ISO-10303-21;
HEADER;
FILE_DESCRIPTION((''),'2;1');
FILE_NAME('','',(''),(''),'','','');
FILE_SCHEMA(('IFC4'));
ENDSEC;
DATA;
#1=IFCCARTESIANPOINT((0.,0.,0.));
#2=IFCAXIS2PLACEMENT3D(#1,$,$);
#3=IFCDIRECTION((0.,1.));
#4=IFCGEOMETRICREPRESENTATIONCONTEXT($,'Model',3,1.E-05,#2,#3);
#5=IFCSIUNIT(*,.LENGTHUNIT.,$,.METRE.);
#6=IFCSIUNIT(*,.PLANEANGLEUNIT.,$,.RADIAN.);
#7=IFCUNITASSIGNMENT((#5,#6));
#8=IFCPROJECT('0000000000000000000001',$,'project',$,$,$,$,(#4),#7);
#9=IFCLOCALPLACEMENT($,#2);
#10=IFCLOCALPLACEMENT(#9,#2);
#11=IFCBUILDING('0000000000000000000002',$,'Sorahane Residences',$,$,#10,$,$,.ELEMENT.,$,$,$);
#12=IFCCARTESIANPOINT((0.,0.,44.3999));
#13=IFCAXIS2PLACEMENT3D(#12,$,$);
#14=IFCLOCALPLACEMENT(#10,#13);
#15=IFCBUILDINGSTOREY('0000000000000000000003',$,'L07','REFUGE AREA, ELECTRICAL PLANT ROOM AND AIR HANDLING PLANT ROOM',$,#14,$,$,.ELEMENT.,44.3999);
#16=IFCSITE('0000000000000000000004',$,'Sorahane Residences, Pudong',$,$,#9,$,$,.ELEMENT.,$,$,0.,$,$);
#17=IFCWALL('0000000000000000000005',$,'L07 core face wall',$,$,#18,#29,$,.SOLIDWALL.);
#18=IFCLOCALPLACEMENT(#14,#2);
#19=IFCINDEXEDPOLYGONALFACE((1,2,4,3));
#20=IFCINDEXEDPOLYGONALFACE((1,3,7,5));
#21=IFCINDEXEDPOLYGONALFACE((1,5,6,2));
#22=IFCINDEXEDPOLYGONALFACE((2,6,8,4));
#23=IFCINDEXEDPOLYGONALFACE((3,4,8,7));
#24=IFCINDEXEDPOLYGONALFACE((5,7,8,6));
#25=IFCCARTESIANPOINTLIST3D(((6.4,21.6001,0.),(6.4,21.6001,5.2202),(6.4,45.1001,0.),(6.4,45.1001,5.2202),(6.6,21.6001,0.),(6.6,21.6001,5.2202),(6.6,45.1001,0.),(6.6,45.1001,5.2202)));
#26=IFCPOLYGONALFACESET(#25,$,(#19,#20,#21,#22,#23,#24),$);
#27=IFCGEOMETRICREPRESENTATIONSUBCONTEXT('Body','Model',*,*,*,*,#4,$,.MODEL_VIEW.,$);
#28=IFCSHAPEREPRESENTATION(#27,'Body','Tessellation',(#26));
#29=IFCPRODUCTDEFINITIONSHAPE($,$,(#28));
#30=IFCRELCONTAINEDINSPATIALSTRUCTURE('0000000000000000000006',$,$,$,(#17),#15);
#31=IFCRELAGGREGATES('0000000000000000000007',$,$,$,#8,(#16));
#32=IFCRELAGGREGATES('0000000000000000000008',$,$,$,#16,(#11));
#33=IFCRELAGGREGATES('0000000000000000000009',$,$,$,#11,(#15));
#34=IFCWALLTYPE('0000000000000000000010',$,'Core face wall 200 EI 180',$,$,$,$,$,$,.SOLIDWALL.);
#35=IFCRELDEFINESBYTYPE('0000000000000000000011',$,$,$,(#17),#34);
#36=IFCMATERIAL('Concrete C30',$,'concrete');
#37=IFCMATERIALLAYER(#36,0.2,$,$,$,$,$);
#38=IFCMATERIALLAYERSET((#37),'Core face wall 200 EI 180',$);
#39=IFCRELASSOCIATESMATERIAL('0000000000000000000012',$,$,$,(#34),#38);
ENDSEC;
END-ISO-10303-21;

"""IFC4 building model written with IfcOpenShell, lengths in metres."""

from ifc_helpers import new_model, si_unit, direction, frame, frame_2d, origin, place, context, subcontext, project, spatial, rectangle, extrude, material, layer, layer_set, type_object, element, save


model = new_model("IFC4")

# Units and contexts
model_context = context("Model", 3, precision=1e-05, world=origin(), true_north=direction((0.0, 1.0)))
body_context = subcontext(model_context, "Body", "Model", "MODEL_VIEW")
ifc_project = project(units=[si_unit("LENGTHUNIT", "METRE"), si_unit("PLANEANGLEUNIT", "RADIAN")], contexts=[model_context])

# Site, building, storey
site_placement = place(None, origin())
site = spatial("IfcSite", under=ifc_project, at=site_placement, Name="Sorahane Residences, Pudong", CompositionType="ELEMENT", RefElevation=0.0)
building_placement = place(site_placement, origin())
building = spatial("IfcBuilding", under=site, at=building_placement, Name="Sorahane Residences", CompositionType="ELEMENT")
storey_placement = place(building_placement, frame((0.0, 0.0, 44.3999)))
storey = spatial("IfcBuildingStorey", under=building, at=storey_placement, Name="L07", Description="REFUGE AREA, ELECTRICAL PLANT ROOM AND AIR HANDLING PLANT ROOM", CompositionType="ELEMENT", Elevation=44.3999)

# Wall
ifc_material_1 = material(Name="Concrete C30", Category="concrete")
ifc_layer = layer(ifc_material_1, 0.2)
ifc_layer_set = layer_set([ifc_layer], Name="Core face wall 200 EI 180")
wall_type = type_object("IfcWallType", Name="Core face wall 200 EI 180", PredefinedType="SOLIDWALL", material=ifc_layer_set)
wall_placement = place(storey_placement, frame((6.5, 21.6001, 0.0), z_axis=(0.0, 0.0, 1.0), x_axis=(0.0, 1.0, 0.0)))
element("IfcWall", 1, at=wall_placement, inside=storey, type_object=wall_type, Name="L07 core face wall", PredefinedType="SOLIDWALL", context=body_context, shape_type="SweptSolid", body=[
    extrude(rectangle(XDim=23.5, YDim=0.2, at=frame_2d((11.75, 0.0))), origin(), (0.0, 0.0, 1.0), 5.2202),
])

save(model, "model.ifc")
